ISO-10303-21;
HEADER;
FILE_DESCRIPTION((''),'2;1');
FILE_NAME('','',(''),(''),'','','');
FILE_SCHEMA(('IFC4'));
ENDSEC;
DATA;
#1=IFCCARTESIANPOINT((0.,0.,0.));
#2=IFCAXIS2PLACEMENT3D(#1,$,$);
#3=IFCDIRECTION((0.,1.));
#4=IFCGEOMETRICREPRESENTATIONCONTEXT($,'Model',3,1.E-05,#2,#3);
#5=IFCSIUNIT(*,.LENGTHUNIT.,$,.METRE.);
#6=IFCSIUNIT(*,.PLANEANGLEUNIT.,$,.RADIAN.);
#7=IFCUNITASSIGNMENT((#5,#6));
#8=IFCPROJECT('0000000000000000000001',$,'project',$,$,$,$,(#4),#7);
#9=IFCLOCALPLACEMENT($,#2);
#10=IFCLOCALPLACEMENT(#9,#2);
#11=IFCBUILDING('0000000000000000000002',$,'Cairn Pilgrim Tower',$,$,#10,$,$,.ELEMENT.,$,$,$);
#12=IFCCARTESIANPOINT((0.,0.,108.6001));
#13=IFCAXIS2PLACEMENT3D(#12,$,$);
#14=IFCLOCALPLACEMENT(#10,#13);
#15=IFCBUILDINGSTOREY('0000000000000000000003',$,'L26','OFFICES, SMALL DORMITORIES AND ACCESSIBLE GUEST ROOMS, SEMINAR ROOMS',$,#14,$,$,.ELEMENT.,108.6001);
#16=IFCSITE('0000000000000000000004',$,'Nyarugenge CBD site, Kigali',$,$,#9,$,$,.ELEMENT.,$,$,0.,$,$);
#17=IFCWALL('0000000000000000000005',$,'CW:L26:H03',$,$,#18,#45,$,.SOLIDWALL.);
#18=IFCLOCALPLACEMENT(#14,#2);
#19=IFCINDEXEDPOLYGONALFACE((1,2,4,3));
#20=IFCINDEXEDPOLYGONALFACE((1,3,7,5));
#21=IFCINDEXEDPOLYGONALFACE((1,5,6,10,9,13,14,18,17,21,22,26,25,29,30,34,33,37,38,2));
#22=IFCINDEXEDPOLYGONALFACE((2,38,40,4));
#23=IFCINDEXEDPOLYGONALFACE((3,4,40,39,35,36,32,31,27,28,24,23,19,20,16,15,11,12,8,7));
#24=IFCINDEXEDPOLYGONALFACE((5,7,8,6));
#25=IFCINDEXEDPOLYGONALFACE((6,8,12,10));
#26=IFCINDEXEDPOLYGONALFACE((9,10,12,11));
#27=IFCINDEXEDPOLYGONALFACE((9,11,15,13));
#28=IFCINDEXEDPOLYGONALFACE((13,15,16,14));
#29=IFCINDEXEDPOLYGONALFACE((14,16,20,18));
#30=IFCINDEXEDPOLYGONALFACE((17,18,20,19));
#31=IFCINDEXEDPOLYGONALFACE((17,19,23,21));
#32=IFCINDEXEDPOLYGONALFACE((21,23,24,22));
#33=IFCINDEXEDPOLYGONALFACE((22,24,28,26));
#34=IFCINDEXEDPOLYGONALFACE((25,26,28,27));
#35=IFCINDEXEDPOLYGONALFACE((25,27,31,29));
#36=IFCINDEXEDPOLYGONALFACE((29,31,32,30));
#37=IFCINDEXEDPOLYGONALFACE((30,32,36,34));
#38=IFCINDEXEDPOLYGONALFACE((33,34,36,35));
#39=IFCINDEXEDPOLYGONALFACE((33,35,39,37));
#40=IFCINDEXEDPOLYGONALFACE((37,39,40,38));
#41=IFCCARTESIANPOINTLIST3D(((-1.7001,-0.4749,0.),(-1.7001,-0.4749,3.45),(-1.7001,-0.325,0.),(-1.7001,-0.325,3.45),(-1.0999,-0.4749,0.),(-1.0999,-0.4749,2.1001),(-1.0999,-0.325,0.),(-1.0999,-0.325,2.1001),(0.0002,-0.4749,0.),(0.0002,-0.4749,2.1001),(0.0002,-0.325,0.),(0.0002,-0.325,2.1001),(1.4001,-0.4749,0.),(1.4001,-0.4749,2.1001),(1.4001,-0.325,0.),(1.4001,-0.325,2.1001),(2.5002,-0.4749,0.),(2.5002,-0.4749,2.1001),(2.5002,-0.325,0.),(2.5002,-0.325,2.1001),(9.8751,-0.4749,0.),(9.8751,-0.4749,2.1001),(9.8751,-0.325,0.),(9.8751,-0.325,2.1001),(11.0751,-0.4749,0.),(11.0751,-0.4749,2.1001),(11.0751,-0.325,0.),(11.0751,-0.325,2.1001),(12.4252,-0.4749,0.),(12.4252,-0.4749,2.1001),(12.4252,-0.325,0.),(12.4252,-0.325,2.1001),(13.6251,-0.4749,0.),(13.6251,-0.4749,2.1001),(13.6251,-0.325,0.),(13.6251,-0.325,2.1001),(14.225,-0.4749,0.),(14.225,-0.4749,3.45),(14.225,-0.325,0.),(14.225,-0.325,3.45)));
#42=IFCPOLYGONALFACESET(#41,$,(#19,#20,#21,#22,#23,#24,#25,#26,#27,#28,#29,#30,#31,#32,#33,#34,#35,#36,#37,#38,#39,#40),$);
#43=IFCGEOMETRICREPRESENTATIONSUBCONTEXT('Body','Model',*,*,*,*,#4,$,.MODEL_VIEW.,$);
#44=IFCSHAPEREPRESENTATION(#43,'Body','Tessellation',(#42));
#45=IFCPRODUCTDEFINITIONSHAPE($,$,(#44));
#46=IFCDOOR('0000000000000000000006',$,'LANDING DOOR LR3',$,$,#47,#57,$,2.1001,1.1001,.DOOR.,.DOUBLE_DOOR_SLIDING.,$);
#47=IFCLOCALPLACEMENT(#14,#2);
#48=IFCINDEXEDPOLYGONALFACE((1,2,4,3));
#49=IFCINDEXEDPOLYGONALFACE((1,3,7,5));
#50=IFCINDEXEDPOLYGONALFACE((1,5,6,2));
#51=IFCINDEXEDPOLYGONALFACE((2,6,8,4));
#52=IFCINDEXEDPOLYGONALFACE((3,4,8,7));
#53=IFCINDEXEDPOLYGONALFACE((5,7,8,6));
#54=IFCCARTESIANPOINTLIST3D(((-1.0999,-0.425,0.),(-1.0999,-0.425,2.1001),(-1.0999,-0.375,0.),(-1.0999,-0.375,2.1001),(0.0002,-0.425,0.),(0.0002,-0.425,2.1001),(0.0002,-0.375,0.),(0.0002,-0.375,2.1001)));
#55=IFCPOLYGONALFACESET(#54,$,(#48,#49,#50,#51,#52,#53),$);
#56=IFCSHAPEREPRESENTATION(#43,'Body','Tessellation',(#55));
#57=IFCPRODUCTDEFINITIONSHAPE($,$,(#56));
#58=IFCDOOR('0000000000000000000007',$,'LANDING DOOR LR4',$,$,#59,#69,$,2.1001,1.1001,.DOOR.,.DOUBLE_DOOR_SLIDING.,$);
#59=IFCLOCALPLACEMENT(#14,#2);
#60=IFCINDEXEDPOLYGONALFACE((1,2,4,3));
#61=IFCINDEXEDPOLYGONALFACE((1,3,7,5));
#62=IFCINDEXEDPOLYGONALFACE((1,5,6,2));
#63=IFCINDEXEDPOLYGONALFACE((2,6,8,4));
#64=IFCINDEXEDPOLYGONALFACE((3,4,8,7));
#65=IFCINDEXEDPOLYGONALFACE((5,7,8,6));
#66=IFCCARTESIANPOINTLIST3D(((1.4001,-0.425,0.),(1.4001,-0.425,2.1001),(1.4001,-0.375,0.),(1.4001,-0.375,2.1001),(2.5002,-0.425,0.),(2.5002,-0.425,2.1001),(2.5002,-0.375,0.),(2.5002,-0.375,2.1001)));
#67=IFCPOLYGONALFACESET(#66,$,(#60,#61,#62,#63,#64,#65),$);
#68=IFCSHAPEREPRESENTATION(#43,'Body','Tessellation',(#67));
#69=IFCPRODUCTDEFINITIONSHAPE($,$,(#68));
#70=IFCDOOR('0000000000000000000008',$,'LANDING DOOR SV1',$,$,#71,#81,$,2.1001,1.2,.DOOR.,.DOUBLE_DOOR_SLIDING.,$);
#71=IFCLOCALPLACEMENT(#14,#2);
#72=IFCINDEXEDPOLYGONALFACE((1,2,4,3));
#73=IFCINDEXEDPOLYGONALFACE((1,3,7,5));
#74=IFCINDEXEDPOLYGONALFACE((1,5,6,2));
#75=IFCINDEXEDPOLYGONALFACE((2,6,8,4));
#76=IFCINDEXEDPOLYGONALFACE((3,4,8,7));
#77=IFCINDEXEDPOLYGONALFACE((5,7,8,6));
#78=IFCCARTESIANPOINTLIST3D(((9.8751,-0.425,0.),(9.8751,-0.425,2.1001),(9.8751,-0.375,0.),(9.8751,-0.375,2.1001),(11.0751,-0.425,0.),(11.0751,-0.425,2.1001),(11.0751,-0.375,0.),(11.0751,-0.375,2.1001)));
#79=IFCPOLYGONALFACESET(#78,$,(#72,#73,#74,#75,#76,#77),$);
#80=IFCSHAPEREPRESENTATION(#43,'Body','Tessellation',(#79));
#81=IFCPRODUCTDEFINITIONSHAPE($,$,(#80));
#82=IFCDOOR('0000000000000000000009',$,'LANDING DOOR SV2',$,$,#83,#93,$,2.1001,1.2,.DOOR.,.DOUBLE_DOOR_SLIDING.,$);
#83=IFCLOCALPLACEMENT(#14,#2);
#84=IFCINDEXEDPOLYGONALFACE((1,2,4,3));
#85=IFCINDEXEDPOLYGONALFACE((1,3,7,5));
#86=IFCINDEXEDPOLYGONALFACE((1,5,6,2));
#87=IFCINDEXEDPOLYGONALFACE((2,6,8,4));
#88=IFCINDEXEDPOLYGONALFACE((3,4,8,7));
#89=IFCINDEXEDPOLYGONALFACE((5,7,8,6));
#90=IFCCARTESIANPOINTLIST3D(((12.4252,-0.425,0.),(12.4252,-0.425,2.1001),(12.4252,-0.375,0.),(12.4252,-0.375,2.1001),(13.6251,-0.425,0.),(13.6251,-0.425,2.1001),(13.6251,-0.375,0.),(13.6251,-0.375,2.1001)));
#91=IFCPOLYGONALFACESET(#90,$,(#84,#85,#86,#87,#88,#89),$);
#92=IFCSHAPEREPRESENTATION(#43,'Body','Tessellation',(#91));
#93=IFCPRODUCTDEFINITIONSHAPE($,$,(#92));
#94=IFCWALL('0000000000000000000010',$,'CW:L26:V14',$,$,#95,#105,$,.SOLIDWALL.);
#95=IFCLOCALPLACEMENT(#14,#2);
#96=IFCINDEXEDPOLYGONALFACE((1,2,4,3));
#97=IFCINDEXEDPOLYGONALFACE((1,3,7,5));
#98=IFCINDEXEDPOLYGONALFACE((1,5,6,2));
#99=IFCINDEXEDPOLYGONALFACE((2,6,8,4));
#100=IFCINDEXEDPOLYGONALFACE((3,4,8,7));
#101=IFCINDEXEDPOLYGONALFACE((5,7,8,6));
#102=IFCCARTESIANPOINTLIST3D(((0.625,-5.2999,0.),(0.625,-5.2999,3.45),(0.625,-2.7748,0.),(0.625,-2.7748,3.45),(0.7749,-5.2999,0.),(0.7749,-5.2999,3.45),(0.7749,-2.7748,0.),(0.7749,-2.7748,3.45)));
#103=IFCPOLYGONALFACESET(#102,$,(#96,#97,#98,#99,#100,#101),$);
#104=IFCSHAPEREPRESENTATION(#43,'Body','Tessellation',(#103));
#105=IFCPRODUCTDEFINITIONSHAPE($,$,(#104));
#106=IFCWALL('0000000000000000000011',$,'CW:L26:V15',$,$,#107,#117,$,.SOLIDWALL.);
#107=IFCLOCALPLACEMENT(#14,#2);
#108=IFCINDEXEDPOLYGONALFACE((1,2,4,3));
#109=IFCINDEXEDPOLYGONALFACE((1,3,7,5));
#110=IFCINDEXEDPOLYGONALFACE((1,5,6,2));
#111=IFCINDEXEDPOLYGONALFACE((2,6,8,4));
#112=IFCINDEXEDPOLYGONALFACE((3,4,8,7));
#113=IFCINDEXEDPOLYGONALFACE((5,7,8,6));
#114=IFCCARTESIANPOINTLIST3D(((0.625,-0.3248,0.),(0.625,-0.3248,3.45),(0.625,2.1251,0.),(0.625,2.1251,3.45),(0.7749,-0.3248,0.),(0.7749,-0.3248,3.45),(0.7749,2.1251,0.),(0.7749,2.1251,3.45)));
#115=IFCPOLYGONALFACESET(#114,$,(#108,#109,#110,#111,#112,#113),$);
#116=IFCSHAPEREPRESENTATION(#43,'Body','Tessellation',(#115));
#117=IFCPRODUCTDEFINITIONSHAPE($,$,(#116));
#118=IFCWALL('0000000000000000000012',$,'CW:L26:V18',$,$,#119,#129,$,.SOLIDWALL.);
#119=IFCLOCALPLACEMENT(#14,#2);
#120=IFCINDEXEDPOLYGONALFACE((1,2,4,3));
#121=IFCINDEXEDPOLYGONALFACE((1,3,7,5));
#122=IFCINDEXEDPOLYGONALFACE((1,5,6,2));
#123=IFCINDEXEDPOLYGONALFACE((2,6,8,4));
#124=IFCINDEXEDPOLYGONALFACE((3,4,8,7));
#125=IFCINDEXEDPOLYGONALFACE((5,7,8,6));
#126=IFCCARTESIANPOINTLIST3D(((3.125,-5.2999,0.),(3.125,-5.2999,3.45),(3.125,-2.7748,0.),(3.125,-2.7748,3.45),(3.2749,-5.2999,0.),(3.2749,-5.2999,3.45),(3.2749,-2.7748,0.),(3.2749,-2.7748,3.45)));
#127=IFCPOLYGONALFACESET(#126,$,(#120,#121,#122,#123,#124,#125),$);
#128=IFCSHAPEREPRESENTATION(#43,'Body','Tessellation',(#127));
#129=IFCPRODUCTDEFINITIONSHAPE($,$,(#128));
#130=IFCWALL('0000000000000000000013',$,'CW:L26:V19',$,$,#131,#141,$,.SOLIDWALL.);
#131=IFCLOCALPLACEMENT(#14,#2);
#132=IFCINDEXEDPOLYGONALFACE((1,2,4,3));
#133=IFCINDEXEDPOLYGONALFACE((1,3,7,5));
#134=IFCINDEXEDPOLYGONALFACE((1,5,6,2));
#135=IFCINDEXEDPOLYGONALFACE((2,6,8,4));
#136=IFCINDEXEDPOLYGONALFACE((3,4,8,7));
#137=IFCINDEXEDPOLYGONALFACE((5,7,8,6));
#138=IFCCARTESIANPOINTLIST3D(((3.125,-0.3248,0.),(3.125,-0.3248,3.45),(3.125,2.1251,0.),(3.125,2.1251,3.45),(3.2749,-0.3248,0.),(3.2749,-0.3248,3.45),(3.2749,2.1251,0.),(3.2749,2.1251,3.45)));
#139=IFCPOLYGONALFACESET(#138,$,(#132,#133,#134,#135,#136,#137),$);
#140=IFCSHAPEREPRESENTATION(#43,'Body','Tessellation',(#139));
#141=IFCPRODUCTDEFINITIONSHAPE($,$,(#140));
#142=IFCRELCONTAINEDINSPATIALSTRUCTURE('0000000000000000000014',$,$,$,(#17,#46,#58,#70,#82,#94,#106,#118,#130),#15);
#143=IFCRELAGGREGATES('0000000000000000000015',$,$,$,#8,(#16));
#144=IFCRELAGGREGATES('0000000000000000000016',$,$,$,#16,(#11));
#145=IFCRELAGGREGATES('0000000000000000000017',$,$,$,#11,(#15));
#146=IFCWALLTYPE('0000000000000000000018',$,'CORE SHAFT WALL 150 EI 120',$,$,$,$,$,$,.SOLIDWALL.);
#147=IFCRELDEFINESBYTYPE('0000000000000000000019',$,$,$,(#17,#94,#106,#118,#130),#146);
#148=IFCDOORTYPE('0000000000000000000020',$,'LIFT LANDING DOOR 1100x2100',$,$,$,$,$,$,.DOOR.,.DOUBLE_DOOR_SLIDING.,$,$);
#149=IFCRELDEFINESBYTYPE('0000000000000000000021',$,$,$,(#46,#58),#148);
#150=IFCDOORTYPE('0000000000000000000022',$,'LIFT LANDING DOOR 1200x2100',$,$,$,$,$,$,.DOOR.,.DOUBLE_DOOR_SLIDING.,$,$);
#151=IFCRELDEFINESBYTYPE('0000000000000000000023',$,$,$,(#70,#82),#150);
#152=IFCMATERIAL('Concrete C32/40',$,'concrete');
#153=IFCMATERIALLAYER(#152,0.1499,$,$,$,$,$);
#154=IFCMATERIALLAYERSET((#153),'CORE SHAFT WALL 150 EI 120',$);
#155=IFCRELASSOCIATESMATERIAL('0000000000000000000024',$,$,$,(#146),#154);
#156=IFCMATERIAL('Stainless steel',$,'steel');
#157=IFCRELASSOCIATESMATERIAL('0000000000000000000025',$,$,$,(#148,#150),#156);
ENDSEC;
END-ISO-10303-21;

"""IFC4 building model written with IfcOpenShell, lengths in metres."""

from ifc_helpers import new_model, si_unit, direction, frame, frame_2d, origin, place, context, subcontext, project, spatial, rectangle, extrude, material, layer, layer_set, type_object, element, fill, save


model = new_model("IFC4")

# Units and contexts
model_context = context("Model", 3, precision=1e-05, world=origin(), true_north=direction((0.0, 1.0)))
body_context = subcontext(model_context, "Body", "Model", "MODEL_VIEW")
ifc_project = project(units=[si_unit("LENGTHUNIT", "METRE"), si_unit("PLANEANGLEUNIT", "RADIAN")], contexts=[model_context])

# Site, building, storey
site_placement = place(None, origin())
site = spatial("IfcSite", under=ifc_project, at=site_placement, Name="Nyarugenge CBD site, Kigali", CompositionType="ELEMENT", RefElevation=0.0)
building_placement = place(site_placement, origin())
building = spatial("IfcBuilding", under=site, at=building_placement, Name="Cairn Pilgrim Tower", CompositionType="ELEMENT")
storey_placement = place(building_placement, frame((0.0, 0.0, 108.6001)))
storey = spatial("IfcBuildingStorey", under=building, at=storey_placement, Name="L26", Description="OFFICES, SMALL DORMITORIES AND ACCESSIBLE GUEST ROOMS, SEMINAR ROOMS", CompositionType="ELEMENT", Elevation=108.6001)

# Shared definitions
ifc_material_1 = material(Name="Concrete C32/40", Category="concrete")

# Wall, openings, doors
ifc_layer_1 = layer(ifc_material_1, 0.1499)
ifc_layer_set_1 = layer_set([ifc_layer_1], Name="CORE SHAFT WALL 150 EI 120")
wall_type_1 = type_object("IfcWallType", Name="CORE SHAFT WALL 150 EI 120", PredefinedType="SOLIDWALL", material=ifc_layer_set_1)
ifc_material_2 = material(Name="Stainless steel", Category="steel")
door_type_1 = type_object("IfcDoorType", Name="LIFT LANDING DOOR 1100x2100", OperationType="DOUBLE_DOOR_SLIDING", PredefinedType="DOOR", material=ifc_material_2)
wall_1_placement = place(storey_placement, frame((-1.7, -0.3999, 0.0), z_axis=(0.0, 0.0, 1.0), x_axis=(1.0, 0.0, 0.0)))
wall_1 = element("IfcWall", 1, at=wall_1_placement, inside=storey, type_object=wall_type_1, Name="CW:L26:H03", PredefinedType="SOLIDWALL", context=body_context, shape_type="SweptSolid", body=[
    extrude(rectangle(XDim=15.925, YDim=0.1499, at=frame_2d((7.9624, 0.0))), origin(), (0.0, 0.0, 1.0), 3.45),
])
opening_1_placement = place(wall_1_placement, frame((0.6001, 0.0, 0.0)))
opening_1 = element("IfcOpeningElement", 2, at=opening_1_placement, cuts=wall_1, PredefinedType="OPENING", context=body_context, shape_type="SweptSolid", body=[
    extrude(rectangle(XDim=1.1001, YDim=2.1001, at=frame_2d((0.55, 1.05))), frame((0.0, 0.085, 0.0), z_axis=(0.0, -1.0, 0.0), x_axis=(1.0, 0.0, 0.0)), (0.0, 0.0, 1.0), 0.1699),
])
opening_2_placement = place(wall_1_placement, frame((3.1001, 0.0, 0.0)))
opening_2 = element("IfcOpeningElement", 3, at=opening_2_placement, cuts=wall_1, PredefinedType="OPENING", context=body_context, shape_type="SweptSolid", body=[
    extrude(rectangle(XDim=1.1001, YDim=2.1001, at=frame_2d((0.55, 1.05))), frame((0.0, 0.085, 0.0), z_axis=(0.0, -1.0, 0.0), x_axis=(1.0, 0.0, 0.0)), (0.0, 0.0, 1.0), 0.1699),
])
opening_3_placement = place(wall_1_placement, frame((11.575, 0.0, 0.0)))
opening_3 = element("IfcOpeningElement", 4, at=opening_3_placement, cuts=wall_1, PredefinedType="OPENING", context=body_context, shape_type="SweptSolid", body=[
    extrude(rectangle(XDim=1.2, YDim=2.1001, at=frame_2d((0.6001, 1.05))), frame((0.0, 0.085, 0.0), z_axis=(0.0, -1.0, 0.0), x_axis=(1.0, 0.0, 0.0)), (0.0, 0.0, 1.0), 0.1699),
])
opening_4_placement = place(wall_1_placement, frame((14.125, 0.0, 0.0)))
opening_4 = element("IfcOpeningElement", 5, at=opening_4_placement, cuts=wall_1, PredefinedType="OPENING", context=body_context, shape_type="SweptSolid", body=[
    extrude(rectangle(XDim=1.2, YDim=2.1001, at=frame_2d((0.6001, 1.05))), frame((0.0, 0.085, 0.0), z_axis=(0.0, -1.0, 0.0), x_axis=(1.0, 0.0, 0.0)), (0.0, 0.0, 1.0), 0.1699),
])
door_1_placement = place(opening_1_placement, origin())
door_1 = element("IfcDoor", 6, at=door_1_placement, inside=storey, type_object=door_type_1, Name="LANDING DOOR LR3", OperationType="DOUBLE_DOOR_SLIDING", OverallHeight=2.1001, OverallWidth=1.1001, PredefinedType="DOOR", context=body_context, shape_type="SweptSolid", body=[
    extrude(rectangle(XDim=1.1001, YDim=2.1001, at=frame_2d((0.55, 1.05))), frame((0.0, 0.0249, 0.0), z_axis=(0.0, -1.0, 0.0), x_axis=(1.0, 0.0, 0.0)), (0.0, 0.0, 1.0), 0.05),
])
fill(opening_1, door_1)
door_2_placement = place(opening_2_placement, origin())
door_2 = element("IfcDoor", 7, at=door_2_placement, inside=storey, type_object=door_type_1, Name="LANDING DOOR LR4", OperationType="DOUBLE_DOOR_SLIDING", OverallHeight=2.1001, OverallWidth=1.1001, PredefinedType="DOOR", context=body_context, shape_type="SweptSolid", body=[
    extrude(rectangle(XDim=1.1001, YDim=2.1001, at=frame_2d((0.55, 1.05))), frame((0.0, 0.0249, 0.0), z_axis=(0.0, -1.0, 0.0), x_axis=(1.0, 0.0, 0.0)), (0.0, 0.0, 1.0), 0.05),
])
fill(opening_2, door_2)
door_type_2 = type_object("IfcDoorType", Name="LIFT LANDING DOOR 1200x2100", OperationType="DOUBLE_DOOR_SLIDING", PredefinedType="DOOR", material=ifc_material_2)
door_3_placement = place(opening_3_placement, origin())
door_3 = element("IfcDoor", 8, at=door_3_placement, inside=storey, type_object=door_type_2, Name="LANDING DOOR SV1", OperationType="DOUBLE_DOOR_SLIDING", OverallHeight=2.1001, OverallWidth=1.2, PredefinedType="DOOR", context=body_context, shape_type="SweptSolid", body=[
    extrude(rectangle(XDim=1.2, YDim=2.1001, at=frame_2d((0.6001, 1.05))), frame((0.0, 0.0249, 0.0), z_axis=(0.0, -1.0, 0.0), x_axis=(1.0, 0.0, 0.0)), (0.0, 0.0, 1.0), 0.05),
])
fill(opening_3, door_3)
door_4_placement = place(opening_4_placement, origin())
door_4 = element("IfcDoor", 9, at=door_4_placement, inside=storey, type_object=door_type_2, Name="LANDING DOOR SV2", OperationType="DOUBLE_DOOR_SLIDING", OverallHeight=2.1001, OverallWidth=1.2, PredefinedType="DOOR", context=body_context, shape_type="SweptSolid", body=[
    extrude(rectangle(XDim=1.2, YDim=2.1001, at=frame_2d((0.6001, 1.05))), frame((0.0, 0.0249, 0.0), z_axis=(0.0, -1.0, 0.0), x_axis=(1.0, 0.0, 0.0)), (0.0, 0.0, 1.0), 0.05),
])
fill(opening_4, door_4)

# Walls
wall_2_placement = place(storey_placement, frame((0.7, -5.3, 0.0), z_axis=(0.0, 0.0, 1.0), x_axis=(0.0, 1.0, 0.0)))
element("IfcWall", 10, at=wall_2_placement, inside=storey, type_object=wall_type_1, Name="CW:L26:V14", PredefinedType="SOLIDWALL", context=body_context, shape_type="SweptSolid", body=[
    extrude(rectangle(XDim=2.5251, YDim=0.1499, at=frame_2d((1.2627, 0.0))), origin(), (0.0, 0.0, 1.0), 3.45),
])
wall_3_placement = place(storey_placement, frame((0.7, -0.325, 0.0), z_axis=(0.0, 0.0, 1.0), x_axis=(0.0, 1.0, 0.0)))
element("IfcWall", 11, at=wall_3_placement, inside=storey, type_object=wall_type_1, Name="CW:L26:V15", PredefinedType="SOLIDWALL", context=body_context, shape_type="SweptSolid", body=[
    extrude(rectangle(XDim=2.45, YDim=0.1499, at=frame_2d((1.2251, 0.0))), origin(), (0.0, 0.0, 1.0), 3.45),
])
wall_4_placement = place(storey_placement, frame((3.2, -5.3, 0.0), z_axis=(0.0, 0.0, 1.0), x_axis=(0.0, 1.0, 0.0)))
element("IfcWall", 12, at=wall_4_placement, inside=storey, type_object=wall_type_1, Name="CW:L26:V18", PredefinedType="SOLIDWALL", context=body_context, shape_type="SweptSolid", body=[
    extrude(rectangle(XDim=2.5251, YDim=0.1499, at=frame_2d((1.2627, 0.0))), origin(), (0.0, 0.0, 1.0), 3.45),
])
wall_5_placement = place(storey_placement, frame((3.2, -0.325, 0.0), z_axis=(0.0, 0.0, 1.0), x_axis=(0.0, 1.0, 0.0)))
element("IfcWall", 13, at=wall_5_placement, inside=storey, type_object=wall_type_1, Name="CW:L26:V19", PredefinedType="SOLIDWALL", context=body_context, shape_type="SweptSolid", body=[
    extrude(rectangle(XDim=2.45, YDim=0.1499, at=frame_2d((1.2251, 0.0))), origin(), (0.0, 0.0, 1.0), 3.45),
])

save(model, "model.ifc")
